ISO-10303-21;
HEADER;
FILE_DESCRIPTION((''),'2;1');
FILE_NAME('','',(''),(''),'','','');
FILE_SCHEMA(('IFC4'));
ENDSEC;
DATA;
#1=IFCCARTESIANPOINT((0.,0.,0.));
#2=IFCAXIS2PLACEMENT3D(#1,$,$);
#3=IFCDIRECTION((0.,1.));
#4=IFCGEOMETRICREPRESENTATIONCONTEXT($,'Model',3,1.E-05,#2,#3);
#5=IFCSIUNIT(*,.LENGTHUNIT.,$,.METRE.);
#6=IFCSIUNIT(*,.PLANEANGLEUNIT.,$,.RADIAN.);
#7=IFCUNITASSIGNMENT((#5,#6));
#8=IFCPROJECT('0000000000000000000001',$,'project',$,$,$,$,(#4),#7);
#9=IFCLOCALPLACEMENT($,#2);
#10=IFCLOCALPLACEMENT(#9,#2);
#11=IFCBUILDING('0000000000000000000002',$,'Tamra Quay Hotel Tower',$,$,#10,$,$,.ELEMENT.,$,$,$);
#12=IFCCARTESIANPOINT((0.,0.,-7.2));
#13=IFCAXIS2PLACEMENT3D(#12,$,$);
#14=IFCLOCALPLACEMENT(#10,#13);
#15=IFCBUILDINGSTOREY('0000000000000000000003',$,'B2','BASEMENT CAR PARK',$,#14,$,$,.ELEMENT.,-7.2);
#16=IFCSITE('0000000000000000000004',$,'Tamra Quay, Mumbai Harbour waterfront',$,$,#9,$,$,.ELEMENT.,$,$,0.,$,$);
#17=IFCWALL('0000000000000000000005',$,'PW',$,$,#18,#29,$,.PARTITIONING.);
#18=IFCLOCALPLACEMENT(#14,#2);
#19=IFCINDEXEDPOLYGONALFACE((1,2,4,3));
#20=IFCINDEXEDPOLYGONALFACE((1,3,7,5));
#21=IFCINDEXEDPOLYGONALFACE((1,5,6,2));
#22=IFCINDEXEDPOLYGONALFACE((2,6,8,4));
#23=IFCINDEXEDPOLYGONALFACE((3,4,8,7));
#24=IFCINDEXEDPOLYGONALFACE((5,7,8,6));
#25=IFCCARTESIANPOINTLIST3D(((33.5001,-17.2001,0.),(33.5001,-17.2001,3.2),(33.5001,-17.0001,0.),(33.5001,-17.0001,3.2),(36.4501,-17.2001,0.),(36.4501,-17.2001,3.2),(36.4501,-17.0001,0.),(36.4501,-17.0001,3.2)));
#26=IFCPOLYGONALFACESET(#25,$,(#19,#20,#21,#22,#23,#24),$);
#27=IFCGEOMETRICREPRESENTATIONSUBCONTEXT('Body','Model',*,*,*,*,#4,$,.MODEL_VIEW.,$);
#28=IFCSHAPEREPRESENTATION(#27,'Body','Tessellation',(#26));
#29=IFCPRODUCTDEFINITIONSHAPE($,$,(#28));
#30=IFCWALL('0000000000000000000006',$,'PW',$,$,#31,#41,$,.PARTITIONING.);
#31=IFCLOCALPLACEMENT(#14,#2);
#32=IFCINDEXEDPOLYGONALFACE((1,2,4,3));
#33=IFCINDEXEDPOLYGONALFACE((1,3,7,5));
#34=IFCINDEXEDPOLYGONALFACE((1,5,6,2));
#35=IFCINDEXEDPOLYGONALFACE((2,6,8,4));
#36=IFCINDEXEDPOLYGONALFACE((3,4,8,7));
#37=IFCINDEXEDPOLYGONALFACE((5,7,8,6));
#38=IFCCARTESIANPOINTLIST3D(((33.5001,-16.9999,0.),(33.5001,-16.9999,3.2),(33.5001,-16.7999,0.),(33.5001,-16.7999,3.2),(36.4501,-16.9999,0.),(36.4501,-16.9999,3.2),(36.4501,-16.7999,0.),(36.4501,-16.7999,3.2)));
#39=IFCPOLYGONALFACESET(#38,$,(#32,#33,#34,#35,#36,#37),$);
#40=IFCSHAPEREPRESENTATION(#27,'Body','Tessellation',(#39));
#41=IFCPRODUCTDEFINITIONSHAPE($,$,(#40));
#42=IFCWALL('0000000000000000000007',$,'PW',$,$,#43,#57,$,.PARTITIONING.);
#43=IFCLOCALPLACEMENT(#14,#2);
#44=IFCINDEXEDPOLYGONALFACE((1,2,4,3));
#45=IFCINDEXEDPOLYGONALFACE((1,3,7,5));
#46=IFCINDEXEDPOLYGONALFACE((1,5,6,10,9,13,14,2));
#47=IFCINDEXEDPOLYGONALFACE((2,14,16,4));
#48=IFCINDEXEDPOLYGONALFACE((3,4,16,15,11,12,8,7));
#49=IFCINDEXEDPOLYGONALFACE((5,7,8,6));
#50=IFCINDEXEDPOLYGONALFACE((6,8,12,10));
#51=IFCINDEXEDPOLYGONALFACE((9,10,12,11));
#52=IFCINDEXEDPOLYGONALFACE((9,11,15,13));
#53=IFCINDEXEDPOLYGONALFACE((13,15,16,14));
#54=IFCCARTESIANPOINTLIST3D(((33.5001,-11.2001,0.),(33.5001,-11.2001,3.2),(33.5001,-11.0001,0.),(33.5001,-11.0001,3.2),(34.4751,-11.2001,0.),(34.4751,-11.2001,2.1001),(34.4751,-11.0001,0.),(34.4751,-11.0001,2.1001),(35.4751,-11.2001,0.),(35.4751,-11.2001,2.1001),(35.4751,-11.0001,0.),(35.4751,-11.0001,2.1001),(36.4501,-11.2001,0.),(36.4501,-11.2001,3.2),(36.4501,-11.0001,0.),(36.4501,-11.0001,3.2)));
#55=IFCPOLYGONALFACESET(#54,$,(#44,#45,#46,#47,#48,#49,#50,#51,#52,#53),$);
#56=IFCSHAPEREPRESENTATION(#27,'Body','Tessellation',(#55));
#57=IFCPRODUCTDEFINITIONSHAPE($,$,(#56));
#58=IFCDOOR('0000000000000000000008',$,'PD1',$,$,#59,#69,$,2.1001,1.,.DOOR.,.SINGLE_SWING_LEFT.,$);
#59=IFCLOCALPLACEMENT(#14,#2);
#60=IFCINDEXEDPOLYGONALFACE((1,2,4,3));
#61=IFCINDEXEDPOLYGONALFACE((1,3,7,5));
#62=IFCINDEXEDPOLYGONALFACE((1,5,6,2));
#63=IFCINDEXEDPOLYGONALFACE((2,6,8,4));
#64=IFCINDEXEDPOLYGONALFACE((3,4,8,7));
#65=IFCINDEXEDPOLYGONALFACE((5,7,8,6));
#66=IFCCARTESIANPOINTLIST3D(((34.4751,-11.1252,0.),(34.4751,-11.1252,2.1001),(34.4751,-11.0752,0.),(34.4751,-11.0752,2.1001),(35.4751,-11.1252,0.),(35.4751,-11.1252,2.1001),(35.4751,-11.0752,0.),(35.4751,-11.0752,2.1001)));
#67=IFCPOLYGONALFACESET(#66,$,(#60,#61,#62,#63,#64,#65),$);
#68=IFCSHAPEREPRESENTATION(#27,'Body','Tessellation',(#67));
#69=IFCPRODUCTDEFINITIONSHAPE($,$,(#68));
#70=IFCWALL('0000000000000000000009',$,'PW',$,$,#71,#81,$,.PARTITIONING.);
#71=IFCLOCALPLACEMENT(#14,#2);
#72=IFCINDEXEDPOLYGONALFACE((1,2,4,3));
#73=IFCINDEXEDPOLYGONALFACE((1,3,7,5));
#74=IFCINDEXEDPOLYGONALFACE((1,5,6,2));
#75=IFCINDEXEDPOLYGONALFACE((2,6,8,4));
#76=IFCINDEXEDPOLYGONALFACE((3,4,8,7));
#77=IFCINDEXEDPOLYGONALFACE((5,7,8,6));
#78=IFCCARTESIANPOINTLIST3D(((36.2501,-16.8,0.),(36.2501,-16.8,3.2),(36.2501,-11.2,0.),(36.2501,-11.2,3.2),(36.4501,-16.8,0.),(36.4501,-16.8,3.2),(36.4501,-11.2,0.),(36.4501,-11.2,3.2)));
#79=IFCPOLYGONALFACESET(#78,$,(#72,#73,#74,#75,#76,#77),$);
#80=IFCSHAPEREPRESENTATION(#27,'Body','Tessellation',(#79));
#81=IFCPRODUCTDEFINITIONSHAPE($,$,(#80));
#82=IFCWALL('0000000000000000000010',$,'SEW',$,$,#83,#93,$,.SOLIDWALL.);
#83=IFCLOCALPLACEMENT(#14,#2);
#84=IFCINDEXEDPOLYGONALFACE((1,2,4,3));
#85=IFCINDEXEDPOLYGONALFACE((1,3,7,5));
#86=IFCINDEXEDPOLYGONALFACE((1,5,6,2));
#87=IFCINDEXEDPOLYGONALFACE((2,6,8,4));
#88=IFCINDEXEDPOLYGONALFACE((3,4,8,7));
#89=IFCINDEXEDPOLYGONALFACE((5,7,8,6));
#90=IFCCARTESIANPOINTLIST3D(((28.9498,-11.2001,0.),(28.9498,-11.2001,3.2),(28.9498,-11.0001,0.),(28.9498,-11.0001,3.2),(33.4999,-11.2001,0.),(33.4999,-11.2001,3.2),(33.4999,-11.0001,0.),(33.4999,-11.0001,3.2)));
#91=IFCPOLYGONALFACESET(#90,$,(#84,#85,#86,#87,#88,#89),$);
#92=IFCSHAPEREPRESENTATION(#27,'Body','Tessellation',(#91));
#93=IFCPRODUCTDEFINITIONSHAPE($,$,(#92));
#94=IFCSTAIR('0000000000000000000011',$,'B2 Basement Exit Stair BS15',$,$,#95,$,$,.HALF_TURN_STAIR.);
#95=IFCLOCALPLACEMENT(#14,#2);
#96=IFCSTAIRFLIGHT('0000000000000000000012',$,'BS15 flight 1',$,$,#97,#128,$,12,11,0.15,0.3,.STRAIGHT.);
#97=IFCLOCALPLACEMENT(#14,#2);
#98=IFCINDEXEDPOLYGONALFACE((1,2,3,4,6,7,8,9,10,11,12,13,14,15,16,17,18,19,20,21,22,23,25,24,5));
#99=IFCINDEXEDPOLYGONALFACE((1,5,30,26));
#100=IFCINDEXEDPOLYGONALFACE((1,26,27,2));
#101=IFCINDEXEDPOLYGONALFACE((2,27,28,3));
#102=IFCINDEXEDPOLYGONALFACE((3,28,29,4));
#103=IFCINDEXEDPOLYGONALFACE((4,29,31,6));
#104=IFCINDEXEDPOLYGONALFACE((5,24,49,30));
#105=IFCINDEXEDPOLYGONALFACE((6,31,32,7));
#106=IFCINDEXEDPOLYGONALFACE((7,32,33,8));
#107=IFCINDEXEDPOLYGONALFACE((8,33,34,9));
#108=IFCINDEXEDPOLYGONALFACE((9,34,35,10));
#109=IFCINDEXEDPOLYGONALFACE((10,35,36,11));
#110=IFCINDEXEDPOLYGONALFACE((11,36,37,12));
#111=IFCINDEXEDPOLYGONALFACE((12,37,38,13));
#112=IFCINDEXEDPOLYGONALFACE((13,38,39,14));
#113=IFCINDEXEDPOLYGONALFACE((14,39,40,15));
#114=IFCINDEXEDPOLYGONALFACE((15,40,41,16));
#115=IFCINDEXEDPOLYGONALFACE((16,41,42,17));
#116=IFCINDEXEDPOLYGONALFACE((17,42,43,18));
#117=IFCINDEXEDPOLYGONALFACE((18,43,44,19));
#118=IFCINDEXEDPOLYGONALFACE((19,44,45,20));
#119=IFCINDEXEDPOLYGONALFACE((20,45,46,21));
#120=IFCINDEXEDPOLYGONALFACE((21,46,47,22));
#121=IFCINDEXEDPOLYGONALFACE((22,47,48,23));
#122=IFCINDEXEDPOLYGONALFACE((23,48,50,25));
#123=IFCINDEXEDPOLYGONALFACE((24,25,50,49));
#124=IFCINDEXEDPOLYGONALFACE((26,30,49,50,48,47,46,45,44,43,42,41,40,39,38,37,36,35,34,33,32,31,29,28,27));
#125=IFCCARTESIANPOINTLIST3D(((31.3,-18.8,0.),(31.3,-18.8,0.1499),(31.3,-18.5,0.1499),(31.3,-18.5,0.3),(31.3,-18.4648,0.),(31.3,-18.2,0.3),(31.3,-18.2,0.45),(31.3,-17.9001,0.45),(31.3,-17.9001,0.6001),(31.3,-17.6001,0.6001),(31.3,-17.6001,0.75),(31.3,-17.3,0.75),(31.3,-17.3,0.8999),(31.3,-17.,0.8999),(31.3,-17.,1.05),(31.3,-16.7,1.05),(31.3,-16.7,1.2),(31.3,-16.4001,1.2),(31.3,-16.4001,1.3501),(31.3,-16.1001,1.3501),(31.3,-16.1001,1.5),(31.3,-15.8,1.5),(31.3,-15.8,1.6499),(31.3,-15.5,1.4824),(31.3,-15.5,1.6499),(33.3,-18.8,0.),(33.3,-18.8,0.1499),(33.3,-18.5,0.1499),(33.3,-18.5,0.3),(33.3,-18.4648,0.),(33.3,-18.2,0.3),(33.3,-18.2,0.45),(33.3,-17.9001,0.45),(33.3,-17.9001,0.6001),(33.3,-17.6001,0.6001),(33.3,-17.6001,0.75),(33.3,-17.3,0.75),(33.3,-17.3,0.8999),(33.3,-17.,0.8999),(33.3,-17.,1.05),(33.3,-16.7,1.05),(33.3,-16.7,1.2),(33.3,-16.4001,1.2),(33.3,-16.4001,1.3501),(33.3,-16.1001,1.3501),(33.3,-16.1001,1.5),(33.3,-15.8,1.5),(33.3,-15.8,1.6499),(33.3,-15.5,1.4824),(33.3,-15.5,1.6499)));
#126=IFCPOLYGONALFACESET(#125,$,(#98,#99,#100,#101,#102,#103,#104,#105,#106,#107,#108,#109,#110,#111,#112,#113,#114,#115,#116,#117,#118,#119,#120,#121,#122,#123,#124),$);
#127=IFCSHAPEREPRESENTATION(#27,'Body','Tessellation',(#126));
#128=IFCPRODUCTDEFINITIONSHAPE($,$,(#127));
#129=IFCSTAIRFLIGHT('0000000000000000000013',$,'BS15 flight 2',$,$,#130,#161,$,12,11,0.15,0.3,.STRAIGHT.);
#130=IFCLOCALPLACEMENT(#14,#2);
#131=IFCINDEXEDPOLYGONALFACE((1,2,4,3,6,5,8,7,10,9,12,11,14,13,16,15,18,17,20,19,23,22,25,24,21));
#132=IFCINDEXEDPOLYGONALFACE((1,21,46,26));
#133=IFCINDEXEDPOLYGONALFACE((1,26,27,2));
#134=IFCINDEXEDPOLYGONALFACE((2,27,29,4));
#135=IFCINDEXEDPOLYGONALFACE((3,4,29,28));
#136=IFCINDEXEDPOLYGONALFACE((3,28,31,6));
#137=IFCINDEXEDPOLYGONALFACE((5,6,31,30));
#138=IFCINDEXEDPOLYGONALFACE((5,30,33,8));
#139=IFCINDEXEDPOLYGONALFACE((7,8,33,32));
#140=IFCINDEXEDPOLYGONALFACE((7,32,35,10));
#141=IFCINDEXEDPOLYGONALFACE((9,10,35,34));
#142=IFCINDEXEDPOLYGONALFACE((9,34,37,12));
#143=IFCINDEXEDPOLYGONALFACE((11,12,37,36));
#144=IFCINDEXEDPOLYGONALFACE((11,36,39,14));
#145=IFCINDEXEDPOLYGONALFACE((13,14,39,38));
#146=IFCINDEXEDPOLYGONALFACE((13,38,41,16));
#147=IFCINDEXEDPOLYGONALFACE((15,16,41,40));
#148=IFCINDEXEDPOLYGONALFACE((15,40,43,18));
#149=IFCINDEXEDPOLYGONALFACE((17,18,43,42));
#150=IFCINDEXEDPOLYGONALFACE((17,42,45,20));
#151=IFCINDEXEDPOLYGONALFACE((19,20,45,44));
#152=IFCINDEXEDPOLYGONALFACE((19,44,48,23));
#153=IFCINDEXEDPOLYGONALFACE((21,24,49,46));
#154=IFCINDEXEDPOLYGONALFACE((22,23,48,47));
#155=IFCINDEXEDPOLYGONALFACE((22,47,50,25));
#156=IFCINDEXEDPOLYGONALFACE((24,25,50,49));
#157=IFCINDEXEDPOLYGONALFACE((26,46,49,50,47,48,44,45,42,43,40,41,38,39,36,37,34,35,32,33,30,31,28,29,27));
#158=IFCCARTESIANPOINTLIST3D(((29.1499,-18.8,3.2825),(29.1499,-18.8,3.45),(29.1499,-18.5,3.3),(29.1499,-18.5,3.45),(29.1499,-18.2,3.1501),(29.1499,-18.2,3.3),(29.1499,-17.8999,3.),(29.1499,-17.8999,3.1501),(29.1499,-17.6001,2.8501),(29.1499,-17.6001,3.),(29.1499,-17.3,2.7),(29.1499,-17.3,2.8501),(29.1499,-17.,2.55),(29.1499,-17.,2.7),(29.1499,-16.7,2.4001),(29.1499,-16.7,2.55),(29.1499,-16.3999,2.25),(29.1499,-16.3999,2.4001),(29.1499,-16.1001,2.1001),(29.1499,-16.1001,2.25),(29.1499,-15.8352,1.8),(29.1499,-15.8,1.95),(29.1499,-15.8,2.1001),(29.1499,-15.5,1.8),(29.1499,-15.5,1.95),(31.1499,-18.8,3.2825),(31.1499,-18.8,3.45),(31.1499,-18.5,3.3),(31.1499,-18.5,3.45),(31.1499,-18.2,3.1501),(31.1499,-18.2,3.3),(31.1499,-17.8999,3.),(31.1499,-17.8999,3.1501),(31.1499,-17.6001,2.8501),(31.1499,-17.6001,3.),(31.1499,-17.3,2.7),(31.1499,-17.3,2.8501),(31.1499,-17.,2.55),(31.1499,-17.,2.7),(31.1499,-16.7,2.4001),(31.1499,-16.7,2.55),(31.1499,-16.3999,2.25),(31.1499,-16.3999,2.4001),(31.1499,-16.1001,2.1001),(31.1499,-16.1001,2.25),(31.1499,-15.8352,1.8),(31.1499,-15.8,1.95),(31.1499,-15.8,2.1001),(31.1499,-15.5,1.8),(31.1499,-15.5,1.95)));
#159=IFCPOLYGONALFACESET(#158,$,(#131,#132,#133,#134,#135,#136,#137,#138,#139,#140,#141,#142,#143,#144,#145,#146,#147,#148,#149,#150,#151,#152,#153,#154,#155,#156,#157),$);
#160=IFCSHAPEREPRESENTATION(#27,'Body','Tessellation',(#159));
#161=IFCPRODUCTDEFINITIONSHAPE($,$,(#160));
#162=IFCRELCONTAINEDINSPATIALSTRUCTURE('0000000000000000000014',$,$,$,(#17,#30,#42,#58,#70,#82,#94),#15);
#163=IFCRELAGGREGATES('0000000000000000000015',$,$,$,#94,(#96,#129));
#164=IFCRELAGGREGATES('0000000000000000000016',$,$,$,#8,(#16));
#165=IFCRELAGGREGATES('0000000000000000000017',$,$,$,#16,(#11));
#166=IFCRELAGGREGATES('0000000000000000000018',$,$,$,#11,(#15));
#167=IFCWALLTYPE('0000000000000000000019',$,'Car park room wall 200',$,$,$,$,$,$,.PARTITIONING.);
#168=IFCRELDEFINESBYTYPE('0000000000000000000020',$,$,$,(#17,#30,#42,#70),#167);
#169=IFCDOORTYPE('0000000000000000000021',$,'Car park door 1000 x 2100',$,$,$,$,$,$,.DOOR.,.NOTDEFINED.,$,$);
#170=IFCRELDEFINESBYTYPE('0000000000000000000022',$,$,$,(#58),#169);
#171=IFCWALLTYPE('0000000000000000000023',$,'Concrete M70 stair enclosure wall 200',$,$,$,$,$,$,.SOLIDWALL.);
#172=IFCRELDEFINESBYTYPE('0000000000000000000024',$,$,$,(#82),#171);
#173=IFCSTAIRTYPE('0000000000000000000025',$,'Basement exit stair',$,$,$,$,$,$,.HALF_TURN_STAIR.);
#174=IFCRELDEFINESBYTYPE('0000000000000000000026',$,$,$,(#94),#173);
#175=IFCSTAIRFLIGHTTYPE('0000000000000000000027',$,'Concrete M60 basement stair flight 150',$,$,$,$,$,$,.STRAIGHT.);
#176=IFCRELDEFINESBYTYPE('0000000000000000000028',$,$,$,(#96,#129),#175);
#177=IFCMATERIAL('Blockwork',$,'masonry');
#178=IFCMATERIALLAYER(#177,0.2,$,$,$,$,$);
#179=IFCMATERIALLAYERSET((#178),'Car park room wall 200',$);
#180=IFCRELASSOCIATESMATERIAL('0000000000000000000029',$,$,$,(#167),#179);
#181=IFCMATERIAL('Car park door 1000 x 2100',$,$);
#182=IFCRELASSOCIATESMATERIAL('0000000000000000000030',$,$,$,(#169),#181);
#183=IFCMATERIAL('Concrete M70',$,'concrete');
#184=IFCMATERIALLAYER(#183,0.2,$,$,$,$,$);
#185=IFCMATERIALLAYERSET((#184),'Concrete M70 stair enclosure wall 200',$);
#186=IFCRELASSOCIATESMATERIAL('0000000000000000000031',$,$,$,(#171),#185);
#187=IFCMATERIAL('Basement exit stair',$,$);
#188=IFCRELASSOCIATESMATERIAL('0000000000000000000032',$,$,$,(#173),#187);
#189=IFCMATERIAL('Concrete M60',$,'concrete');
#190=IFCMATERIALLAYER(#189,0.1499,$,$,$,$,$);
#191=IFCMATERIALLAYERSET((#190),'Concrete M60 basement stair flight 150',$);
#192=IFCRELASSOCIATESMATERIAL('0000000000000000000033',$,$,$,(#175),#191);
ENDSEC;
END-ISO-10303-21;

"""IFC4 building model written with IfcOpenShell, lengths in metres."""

from ifc_helpers import new_model, si_unit, direction, frame, frame_2d, origin, place, context, subcontext, project, spatial, polyline, rectangle, outline, extrude, material, layer, layer_set, type_object, element, fill, aggregate, save


model = new_model("IFC4")

# Units and contexts
model_context = context("Model", 3, precision=1e-05, world=origin(), true_north=direction((0.0, 1.0)))
body_context = subcontext(model_context, "Body", "Model", "MODEL_VIEW")
ifc_project = project(units=[si_unit("LENGTHUNIT", "METRE"), si_unit("PLANEANGLEUNIT", "RADIAN")], contexts=[model_context])

# Site, building, storey
site_placement = place(None, origin())
site = spatial("IfcSite", under=ifc_project, at=site_placement, Name="Tamra Quay, Mumbai Harbour waterfront", CompositionType="ELEMENT", RefElevation=0.0)
building_placement = place(site_placement, origin())
building = spatial("IfcBuilding", under=site, at=building_placement, Name="Tamra Quay Hotel Tower", CompositionType="ELEMENT")
storey_placement = place(building_placement, frame((0.0, 0.0, -7.2)))
storey = spatial("IfcBuildingStorey", under=building, at=storey_placement, Name="B2", Description="BASEMENT CAR PARK", CompositionType="ELEMENT", Elevation=-7.2)

# Shared definitions
ifc_material_1 = material(Name="Concrete M70", Category="concrete")

# Shared definitions
ifc_material_2 = material(Name="Blockwork", Category="masonry")
ifc_layer_1 = layer(ifc_material_2, 0.2)
ifc_layer_set_1 = layer_set([ifc_layer_1], Name="Car park room wall 200")
wall_type_1 = type_object("IfcWallType", Name="Car park room wall 200", PredefinedType="PARTITIONING", material=ifc_layer_set_1)

# Walls
for number, where, z_axis, x_axis, name in (
    (1, (33.5, -17.1001, 0.0), (0.0, 0.0, 1.0), (1.0, 0.0, 0.0), "PW"),
    (2, (33.5, -16.8999, 0.0), (0.0, 0.0, 1.0), (1.0, 0.0, 0.0), "PW"),
):
    element("IfcWall", number, at=place(storey_placement, frame(where, z_axis=z_axis, x_axis=x_axis)), inside=storey, type_object=wall_type_1, Name=name, PredefinedType="PARTITIONING", context=body_context, shape_type="SweptSolid", body=[
        extrude(rectangle(XDim=2.95, YDim=0.2, at=frame_2d((1.4751, 0.0))), origin(), (0.0, 0.0, 1.0), 3.2),
    ])

# Wall, opening, door
wall_1_placement = place(storey_placement, frame((33.5, -11.1001, 0.0), z_axis=(0.0, 0.0, 1.0), x_axis=(1.0, 0.0, 0.0)))
wall_1 = element("IfcWall", 3, at=wall_1_placement, inside=storey, type_object=wall_type_1, Name="PW", PredefinedType="PARTITIONING", context=body_context, shape_type="SweptSolid", body=[
    extrude(rectangle(XDim=2.95, YDim=0.2, at=frame_2d((1.4751, 0.0))), origin(), (0.0, 0.0, 1.0), 3.2),
])
opening_1_placement = place(wall_1_placement, frame((0.9751, 0.0, 0.0)))
opening_1 = element("IfcOpeningElement", 4, at=opening_1_placement, cuts=wall_1, PredefinedType="OPENING", context=body_context, shape_type="SweptSolid", body=[
    extrude(rectangle(XDim=1.0, YDim=2.1001, at=frame_2d((0.5, 1.05))), frame((0.0, 0.1099, 0.0), z_axis=(0.0, -1.0, 0.0), x_axis=(1.0, 0.0, 0.0)), (0.0, 0.0, 1.0), 0.22),
])
ifc_material_3 = material(Name="Car park door 1000 x 2100")
door_type_1 = type_object("IfcDoorType", Name="Car park door 1000 x 2100", OperationType="NOTDEFINED", PredefinedType="DOOR", material=ifc_material_3)
door_1_placement = place(opening_1_placement, origin())
door_1 = element("IfcDoor", 5, at=door_1_placement, inside=storey, type_object=door_type_1, Name="PD1", OperationType="SINGLE_SWING_LEFT", OverallHeight=2.1001, OverallWidth=1.0, PredefinedType="DOOR", context=body_context, shape_type="SweptSolid", body=[
    extrude(rectangle(XDim=1.0, YDim=2.1001, at=frame_2d((0.5, 1.05))), frame((0.0, 0.0249, 0.0), z_axis=(0.0, -1.0, 0.0), x_axis=(1.0, 0.0, 0.0)), (0.0, 0.0, 1.0), 0.05),
])
fill(opening_1, door_1)

# Walls
wall_2_placement = place(storey_placement, frame((36.3501, -16.8, 0.0), z_axis=(0.0, 0.0, 1.0), x_axis=(0.0, 1.0, 0.0)))
element("IfcWall", 6, at=wall_2_placement, inside=storey, type_object=wall_type_1, Name="PW", PredefinedType="PARTITIONING", context=body_context, shape_type="SweptSolid", body=[
    extrude(rectangle(XDim=5.6001, YDim=0.2, at=frame_2d((2.8, 0.0))), origin(), (0.0, 0.0, 1.0), 3.2),
])
ifc_layer_2 = layer(ifc_material_1, 0.2)
ifc_layer_set_2 = layer_set([ifc_layer_2], Name="Concrete M70 stair enclosure wall 200")
wall_type_2 = type_object("IfcWallType", Name="Concrete M70 stair enclosure wall 200", PredefinedType="SOLIDWALL", material=ifc_layer_set_2)
wall_3_placement = place(storey_placement, frame((28.95, -11.1001, 0.0), z_axis=(0.0, 0.0, 1.0), x_axis=(1.0, 0.0, 0.0)))
element("IfcWall", 7, at=wall_3_placement, inside=storey, type_object=wall_type_2, Name="SEW", PredefinedType="SOLIDWALL", context=body_context, shape_type="SweptSolid", body=[
    extrude(rectangle(XDim=4.55, YDim=0.2, at=frame_2d((2.2749, 0.0))), origin(), (0.0, 0.0, 1.0), 3.2),
])

# Stair, stair flights
ifc_material_4 = material(Name="Basement exit stair")
stair_type = type_object("IfcStairType", Name="Basement exit stair", PredefinedType="HALF_TURN_STAIR", material=ifc_material_4)
stair_placement = place(storey_placement, origin())
stair = element("IfcStair", 8, at=stair_placement, inside=storey, type_object=stair_type, Name="B2 Basement Exit Stair BS15", PredefinedType="HALF_TURN_STAIR")
ifc_material_5 = material(Name="Concrete M60", Category="concrete")
ifc_layer_3 = layer(ifc_material_5, 0.1499)
ifc_layer_set_3 = layer_set([ifc_layer_3], Name="Concrete M60 basement stair flight 150")
stair_flight_type = type_object("IfcStairFlightType", Name="Concrete M60 basement stair flight 150", PredefinedType="STRAIGHT", material=ifc_layer_set_3)
stair_flight_1_placement = place(storey_placement, frame((32.3, -18.8, 0.0), z_axis=(0.0, 0.0, 1.0), x_axis=(0.0, 1.0, 0.0)))
stair_flight_1 = element("IfcStairFlight", 9, at=stair_flight_1_placement, type_object=stair_flight_type, Name="BS15 flight 1", NumberOfRisers=12, NumberOfTreads=11, PredefinedType="STRAIGHT", RiserHeight=0.15, TreadLength=0.3, context=body_context, shape_type="SweptSolid", body=[
    extrude(outline(polyline([(0.0, 0.0), (0.0, 0.1499), (0.3, 0.1499), (0.3, 0.3), (0.6001, 0.3), (0.6001, 0.45), (0.8999, 0.45), (0.8999, 0.6001), (1.2, 0.6001), (1.2, 0.75), (1.5, 0.75), (1.5, 0.8999), (1.8, 0.8999), (1.8, 1.05), (2.1001, 1.05), (2.1001, 1.2), (2.3999, 1.2), (2.3999, 1.3501), (2.7, 1.3501), (2.7, 1.5), (3.0, 1.5), (3.0, 1.6499), (3.3, 1.6499), (3.3, 1.8), (3.3, 1.4824), (0.3352, 0.0), (0.0, 0.0)])), frame((0.0, 1.0, 0.0), z_axis=(0.0, -1.0, 0.0), x_axis=(1.0, 0.0, 0.0)), (0.0, 0.0, 1.0), 2.0),
])
stair_flight_2_placement = place(storey_placement, frame((30.1499, -15.5, 1.8), z_axis=(0.0, 0.0, 1.0), x_axis=(0.0, -1.0, 0.0)))
stair_flight_2 = element("IfcStairFlight", 10, at=stair_flight_2_placement, type_object=stair_flight_type, Name="BS15 flight 2", NumberOfRisers=12, NumberOfTreads=11, PredefinedType="STRAIGHT", RiserHeight=0.15, TreadLength=0.3, context=body_context, shape_type="SweptSolid", body=[
    extrude(outline(polyline([(0.0, 0.0), (0.0, 0.1499), (0.3, 0.1499), (0.3, 0.3), (0.6001, 0.3), (0.6001, 0.45), (0.8999, 0.45), (0.8999, 0.6001), (1.2, 0.6001), (1.2, 0.75), (1.5, 0.75), (1.5, 0.8999), (1.8, 0.8999), (1.8, 1.05), (2.1001, 1.05), (2.1001, 1.2), (2.3999, 1.2), (2.3999, 1.3501), (2.7, 1.3501), (2.7, 1.5), (3.0, 1.5), (3.0, 1.6499), (3.3, 1.6499), (3.3, 1.8), (3.3, 1.4824), (0.3352, 0.0), (0.0, 0.0)])), frame((0.0, 1.0, 0.0), z_axis=(0.0, -1.0, 0.0), x_axis=(1.0, 0.0, 0.0)), (0.0, 0.0, 1.0), 2.0),
])
aggregate(stair, [stair_flight_1, stair_flight_2])

save(model, "model.ifc")
